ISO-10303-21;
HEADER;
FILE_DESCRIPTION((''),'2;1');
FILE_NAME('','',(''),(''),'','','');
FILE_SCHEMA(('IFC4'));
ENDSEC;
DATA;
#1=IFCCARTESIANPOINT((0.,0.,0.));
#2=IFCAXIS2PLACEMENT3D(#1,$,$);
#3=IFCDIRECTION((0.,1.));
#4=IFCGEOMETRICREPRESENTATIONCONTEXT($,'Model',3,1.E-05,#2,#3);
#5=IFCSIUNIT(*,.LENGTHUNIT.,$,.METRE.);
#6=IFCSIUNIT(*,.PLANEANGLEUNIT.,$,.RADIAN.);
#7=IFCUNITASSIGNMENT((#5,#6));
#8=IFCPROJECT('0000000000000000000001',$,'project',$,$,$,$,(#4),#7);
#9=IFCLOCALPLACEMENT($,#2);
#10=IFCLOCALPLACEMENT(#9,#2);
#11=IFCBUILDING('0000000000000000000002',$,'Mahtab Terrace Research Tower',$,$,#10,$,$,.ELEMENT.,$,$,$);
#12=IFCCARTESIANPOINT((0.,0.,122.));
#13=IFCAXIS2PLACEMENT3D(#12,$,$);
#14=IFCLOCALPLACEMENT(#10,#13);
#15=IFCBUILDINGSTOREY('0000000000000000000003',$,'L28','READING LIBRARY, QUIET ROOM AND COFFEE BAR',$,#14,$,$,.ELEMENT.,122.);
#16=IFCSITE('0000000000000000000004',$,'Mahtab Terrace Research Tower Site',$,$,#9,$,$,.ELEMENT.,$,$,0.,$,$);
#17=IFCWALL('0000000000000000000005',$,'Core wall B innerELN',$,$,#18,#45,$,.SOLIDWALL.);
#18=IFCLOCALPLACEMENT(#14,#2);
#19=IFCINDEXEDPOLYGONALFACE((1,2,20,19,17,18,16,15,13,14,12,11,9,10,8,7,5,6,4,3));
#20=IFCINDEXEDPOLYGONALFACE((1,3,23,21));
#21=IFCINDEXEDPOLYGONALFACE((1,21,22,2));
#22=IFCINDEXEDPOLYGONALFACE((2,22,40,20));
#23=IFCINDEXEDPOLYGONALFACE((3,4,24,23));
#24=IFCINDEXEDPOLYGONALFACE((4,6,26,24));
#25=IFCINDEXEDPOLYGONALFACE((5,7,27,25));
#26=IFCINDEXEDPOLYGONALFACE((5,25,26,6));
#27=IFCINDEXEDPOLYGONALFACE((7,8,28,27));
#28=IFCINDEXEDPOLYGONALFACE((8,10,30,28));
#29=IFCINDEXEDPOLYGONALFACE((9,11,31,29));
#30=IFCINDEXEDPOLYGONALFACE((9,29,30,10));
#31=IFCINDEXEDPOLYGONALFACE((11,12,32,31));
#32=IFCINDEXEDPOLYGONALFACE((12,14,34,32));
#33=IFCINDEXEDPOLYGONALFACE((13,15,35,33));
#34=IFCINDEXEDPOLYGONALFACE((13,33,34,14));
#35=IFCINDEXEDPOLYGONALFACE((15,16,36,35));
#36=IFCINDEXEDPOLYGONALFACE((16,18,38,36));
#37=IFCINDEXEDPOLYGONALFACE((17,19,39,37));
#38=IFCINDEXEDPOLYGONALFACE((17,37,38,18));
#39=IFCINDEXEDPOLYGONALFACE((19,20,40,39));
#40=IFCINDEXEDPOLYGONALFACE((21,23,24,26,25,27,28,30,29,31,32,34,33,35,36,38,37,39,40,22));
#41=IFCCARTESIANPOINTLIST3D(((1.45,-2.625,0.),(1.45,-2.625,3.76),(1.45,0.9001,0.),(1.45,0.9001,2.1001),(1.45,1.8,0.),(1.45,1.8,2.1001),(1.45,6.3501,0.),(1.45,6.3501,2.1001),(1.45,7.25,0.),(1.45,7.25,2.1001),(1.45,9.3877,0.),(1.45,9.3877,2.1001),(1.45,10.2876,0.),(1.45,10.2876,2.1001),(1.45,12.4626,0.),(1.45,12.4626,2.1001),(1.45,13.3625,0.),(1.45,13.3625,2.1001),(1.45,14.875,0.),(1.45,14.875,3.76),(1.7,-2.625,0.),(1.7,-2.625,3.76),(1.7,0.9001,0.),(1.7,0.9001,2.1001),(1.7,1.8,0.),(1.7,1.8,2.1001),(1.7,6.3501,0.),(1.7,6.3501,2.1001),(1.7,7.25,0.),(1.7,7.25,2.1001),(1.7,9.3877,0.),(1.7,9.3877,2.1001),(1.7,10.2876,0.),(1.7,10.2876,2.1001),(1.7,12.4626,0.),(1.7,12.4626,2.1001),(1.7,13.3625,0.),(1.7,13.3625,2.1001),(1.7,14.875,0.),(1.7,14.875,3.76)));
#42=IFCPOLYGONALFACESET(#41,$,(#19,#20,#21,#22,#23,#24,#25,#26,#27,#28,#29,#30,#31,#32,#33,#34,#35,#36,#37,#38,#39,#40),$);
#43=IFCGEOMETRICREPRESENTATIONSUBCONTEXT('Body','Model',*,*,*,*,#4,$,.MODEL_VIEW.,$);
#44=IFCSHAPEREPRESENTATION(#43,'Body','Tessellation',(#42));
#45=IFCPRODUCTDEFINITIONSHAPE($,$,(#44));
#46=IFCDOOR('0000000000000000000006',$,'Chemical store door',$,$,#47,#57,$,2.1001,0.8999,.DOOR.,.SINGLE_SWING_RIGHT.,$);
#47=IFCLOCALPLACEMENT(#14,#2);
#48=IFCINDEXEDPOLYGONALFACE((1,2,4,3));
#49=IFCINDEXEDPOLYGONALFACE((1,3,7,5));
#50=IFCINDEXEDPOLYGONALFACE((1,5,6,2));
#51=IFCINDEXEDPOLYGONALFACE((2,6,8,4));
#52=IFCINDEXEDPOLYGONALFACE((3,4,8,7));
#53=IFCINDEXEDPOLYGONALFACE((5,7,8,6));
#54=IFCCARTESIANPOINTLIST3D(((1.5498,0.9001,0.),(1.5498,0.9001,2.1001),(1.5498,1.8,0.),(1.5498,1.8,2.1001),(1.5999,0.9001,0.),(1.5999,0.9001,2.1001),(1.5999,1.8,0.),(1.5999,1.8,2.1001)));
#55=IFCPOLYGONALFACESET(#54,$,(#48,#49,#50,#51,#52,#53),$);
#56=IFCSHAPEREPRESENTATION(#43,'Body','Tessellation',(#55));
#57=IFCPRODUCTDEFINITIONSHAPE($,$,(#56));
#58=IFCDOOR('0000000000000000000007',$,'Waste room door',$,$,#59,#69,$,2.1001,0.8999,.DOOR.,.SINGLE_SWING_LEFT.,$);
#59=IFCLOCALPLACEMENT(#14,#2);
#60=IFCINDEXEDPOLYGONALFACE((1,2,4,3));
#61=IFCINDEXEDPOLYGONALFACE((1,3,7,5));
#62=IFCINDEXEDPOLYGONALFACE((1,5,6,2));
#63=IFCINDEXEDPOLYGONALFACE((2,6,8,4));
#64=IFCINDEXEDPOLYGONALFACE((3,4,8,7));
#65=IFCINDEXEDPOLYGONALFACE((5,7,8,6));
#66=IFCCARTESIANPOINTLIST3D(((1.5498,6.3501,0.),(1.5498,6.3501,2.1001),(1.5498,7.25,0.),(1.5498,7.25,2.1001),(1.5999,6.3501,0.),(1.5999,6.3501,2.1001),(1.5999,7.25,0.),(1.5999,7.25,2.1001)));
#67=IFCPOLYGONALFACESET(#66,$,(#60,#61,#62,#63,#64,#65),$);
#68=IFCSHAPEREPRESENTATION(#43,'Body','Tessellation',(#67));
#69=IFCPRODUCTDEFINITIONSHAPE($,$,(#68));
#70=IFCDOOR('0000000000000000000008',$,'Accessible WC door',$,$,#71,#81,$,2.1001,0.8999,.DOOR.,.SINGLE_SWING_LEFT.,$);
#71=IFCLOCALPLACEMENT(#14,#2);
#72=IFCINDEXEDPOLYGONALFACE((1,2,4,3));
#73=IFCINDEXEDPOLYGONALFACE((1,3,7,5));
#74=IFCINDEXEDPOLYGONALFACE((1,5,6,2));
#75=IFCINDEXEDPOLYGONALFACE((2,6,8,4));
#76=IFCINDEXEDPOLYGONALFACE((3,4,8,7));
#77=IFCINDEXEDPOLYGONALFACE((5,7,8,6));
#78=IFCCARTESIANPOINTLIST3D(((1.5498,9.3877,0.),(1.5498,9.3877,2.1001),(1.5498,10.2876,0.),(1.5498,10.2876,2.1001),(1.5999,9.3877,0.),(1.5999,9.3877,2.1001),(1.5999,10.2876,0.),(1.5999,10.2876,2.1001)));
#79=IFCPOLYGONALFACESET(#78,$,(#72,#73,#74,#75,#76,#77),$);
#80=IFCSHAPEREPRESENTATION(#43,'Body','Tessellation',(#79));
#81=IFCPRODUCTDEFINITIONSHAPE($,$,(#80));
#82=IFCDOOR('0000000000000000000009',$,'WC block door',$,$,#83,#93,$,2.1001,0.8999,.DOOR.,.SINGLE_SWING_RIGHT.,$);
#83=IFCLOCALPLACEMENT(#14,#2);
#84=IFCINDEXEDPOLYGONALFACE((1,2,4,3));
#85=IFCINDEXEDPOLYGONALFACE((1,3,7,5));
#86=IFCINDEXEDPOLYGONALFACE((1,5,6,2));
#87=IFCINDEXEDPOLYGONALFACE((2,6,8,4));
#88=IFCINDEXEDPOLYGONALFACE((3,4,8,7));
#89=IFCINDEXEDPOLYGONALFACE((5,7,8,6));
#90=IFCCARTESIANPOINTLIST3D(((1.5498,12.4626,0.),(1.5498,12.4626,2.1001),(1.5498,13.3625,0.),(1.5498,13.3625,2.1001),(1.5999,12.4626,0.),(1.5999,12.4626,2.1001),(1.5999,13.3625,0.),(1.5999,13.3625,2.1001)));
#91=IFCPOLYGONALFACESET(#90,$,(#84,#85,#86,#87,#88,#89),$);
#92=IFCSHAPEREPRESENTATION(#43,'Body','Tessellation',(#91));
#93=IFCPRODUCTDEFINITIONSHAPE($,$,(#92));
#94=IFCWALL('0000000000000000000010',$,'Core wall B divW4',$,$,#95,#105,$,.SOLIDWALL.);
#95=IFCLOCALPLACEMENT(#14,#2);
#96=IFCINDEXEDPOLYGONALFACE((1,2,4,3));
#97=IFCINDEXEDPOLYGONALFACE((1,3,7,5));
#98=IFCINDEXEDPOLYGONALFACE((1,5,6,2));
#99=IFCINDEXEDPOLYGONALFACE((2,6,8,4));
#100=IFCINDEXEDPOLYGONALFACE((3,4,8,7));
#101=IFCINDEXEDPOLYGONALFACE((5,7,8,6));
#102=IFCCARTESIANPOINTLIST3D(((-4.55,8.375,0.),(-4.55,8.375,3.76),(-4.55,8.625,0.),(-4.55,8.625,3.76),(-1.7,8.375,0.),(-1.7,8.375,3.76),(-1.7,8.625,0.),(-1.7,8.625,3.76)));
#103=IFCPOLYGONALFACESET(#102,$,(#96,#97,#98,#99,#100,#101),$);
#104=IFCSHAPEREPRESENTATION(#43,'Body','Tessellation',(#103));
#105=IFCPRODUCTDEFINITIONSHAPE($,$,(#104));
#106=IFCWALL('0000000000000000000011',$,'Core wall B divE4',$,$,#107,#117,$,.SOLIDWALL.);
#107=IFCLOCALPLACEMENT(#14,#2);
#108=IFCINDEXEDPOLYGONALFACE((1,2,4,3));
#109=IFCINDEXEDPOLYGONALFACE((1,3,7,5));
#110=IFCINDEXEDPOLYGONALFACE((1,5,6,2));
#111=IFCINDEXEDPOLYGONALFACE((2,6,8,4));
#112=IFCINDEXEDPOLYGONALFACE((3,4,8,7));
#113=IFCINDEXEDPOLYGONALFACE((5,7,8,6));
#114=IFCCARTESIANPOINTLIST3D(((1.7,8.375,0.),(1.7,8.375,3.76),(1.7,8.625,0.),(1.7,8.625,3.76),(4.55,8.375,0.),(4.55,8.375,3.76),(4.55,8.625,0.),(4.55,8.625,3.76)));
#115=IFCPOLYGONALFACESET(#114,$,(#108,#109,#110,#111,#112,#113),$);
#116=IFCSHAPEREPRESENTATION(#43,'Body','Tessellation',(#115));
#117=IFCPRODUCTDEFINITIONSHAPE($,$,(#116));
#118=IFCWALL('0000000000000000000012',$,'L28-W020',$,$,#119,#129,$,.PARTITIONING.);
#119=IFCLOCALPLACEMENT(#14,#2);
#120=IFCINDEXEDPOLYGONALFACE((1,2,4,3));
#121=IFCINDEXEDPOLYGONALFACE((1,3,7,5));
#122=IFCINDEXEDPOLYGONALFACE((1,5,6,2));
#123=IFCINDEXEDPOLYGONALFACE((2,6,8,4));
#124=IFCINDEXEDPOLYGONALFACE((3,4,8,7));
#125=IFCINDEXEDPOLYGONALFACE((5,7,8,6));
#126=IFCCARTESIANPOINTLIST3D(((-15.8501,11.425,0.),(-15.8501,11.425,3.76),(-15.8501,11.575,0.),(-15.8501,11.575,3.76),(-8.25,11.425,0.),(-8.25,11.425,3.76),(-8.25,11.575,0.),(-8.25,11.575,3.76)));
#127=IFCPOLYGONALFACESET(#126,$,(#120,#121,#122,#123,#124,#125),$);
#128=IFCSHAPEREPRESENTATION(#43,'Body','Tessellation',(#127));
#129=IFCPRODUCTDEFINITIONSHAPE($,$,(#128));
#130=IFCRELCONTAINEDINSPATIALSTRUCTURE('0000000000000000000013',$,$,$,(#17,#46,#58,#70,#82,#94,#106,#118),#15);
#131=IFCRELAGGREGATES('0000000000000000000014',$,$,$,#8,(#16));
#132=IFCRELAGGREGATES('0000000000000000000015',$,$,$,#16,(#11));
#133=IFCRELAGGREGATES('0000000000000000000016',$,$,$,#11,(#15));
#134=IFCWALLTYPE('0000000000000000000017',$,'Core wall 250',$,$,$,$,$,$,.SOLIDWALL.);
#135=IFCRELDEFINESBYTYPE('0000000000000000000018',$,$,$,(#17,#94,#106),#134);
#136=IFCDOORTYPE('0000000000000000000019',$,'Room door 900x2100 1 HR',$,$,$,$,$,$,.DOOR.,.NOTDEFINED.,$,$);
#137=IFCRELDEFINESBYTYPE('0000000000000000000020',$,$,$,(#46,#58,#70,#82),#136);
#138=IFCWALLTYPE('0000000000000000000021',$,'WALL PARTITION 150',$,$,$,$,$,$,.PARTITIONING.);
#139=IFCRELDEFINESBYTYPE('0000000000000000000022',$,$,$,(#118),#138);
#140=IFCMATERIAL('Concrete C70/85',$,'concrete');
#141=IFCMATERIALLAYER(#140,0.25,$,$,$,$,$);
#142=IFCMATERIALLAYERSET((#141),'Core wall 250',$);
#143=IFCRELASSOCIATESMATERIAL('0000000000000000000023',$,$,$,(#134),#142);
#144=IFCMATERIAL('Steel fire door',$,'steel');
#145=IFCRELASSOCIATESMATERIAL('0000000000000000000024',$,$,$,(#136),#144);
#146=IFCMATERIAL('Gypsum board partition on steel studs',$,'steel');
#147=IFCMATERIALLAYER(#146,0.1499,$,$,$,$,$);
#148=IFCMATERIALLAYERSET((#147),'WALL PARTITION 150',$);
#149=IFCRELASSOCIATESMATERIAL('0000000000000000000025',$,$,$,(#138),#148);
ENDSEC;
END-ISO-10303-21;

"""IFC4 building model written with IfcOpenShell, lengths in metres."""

from ifc_helpers import new_model, si_unit, direction, frame, frame_2d, origin, place, context, subcontext, project, spatial, rectangle, extrude, material, layer, layer_set, type_object, element, fill, save


model = new_model("IFC4")

# Units and contexts
model_context = context("Model", 3, precision=1e-05, world=origin(), true_north=direction((0.0, 1.0)))
body_context = subcontext(model_context, "Body", "Model", "MODEL_VIEW")
ifc_project = project(units=[si_unit("LENGTHUNIT", "METRE"), si_unit("PLANEANGLEUNIT", "RADIAN")], contexts=[model_context])

# Site, building, storey
site_placement = place(None, origin())
site = spatial("IfcSite", under=ifc_project, at=site_placement, Name="Mahtab Terrace Research Tower Site", CompositionType="ELEMENT", RefElevation=0.0)
building_placement = place(site_placement, origin())
building = spatial("IfcBuilding", under=site, at=building_placement, Name="Mahtab Terrace Research Tower", CompositionType="ELEMENT")
storey_placement = place(building_placement, frame((0.0, 0.0, 122.0)))
storey = spatial("IfcBuildingStorey", under=building, at=storey_placement, Name="L28", Description="READING LIBRARY, QUIET ROOM AND COFFEE BAR", CompositionType="ELEMENT", Elevation=122.0)

# Shared definitions
ifc_material_1 = material(Name="Concrete C70/85", Category="concrete")

# Shared definitions
ifc_layer_1 = layer(ifc_material_1, 0.25)
ifc_layer_set_1 = layer_set([ifc_layer_1], Name="Core wall 250")
wall_type_1 = type_object("IfcWallType", Name="Core wall 250", PredefinedType="SOLIDWALL", material=ifc_layer_set_1)
ifc_material_2 = material(Name="Steel fire door", Category="steel")

# Wall, openings, doors
wall_1_placement = place(storey_placement, frame((1.575, 14.875, 0.0), z_axis=(0.0, 0.0, 1.0), x_axis=(0.0, -1.0, 0.0)))
wall_1 = element("IfcWall", 1, at=wall_1_placement, inside=storey, type_object=wall_type_1, Name="Core wall B innerELN", PredefinedType="SOLIDWALL", context=body_context, shape_type="SweptSolid", body=[
    extrude(rectangle(XDim=17.5, YDim=0.25, at=frame_2d((8.75, 0.0))), origin(), (0.0, 0.0, 1.0), 3.76),
])
opening_1_placement = place(wall_1_placement, frame((13.075, 0.0, 0.0)))
opening_1 = element("IfcOpeningElement", 2, at=opening_1_placement, cuts=wall_1, PredefinedType="OPENING", context=body_context, shape_type="SweptSolid", body=[
    extrude(rectangle(XDim=0.8999, YDim=2.1001, at=frame_2d((0.45, 1.05))), frame((0.0, 0.135, 0.0), z_axis=(0.0, -1.0, 0.0), x_axis=(1.0, 0.0, 0.0)), (0.0, 0.0, 1.0), 0.27),
])
opening_2_placement = place(wall_1_placement, frame((7.625, 0.0, 0.0)))
opening_2 = element("IfcOpeningElement", 3, at=opening_2_placement, cuts=wall_1, PredefinedType="OPENING", context=body_context, shape_type="SweptSolid", body=[
    extrude(rectangle(XDim=0.8999, YDim=2.1001, at=frame_2d((0.45, 1.05))), frame((0.0, 0.135, 0.0), z_axis=(0.0, -1.0, 0.0), x_axis=(1.0, 0.0, 0.0)), (0.0, 0.0, 1.0), 0.27),
])
opening_3_placement = place(wall_1_placement, frame((4.5874, 0.0, 0.0)))
opening_3 = element("IfcOpeningElement", 4, at=opening_3_placement, cuts=wall_1, PredefinedType="OPENING", context=body_context, shape_type="SweptSolid", body=[
    extrude(rectangle(XDim=0.8999, YDim=2.1001, at=frame_2d((0.45, 1.05))), frame((0.0, 0.135, 0.0), z_axis=(0.0, -1.0, 0.0), x_axis=(1.0, 0.0, 0.0)), (0.0, 0.0, 1.0), 0.27),
])
opening_4_placement = place(wall_1_placement, frame((1.5125, 0.0, 0.0)))
opening_4 = element("IfcOpeningElement", 5, at=opening_4_placement, cuts=wall_1, PredefinedType="OPENING", context=body_context, shape_type="SweptSolid", body=[
    extrude(rectangle(XDim=0.8999, YDim=2.1001, at=frame_2d((0.45, 1.05))), frame((0.0, 0.135, 0.0), z_axis=(0.0, -1.0, 0.0), x_axis=(1.0, 0.0, 0.0)), (0.0, 0.0, 1.0), 0.27),
])
door_type_1 = type_object("IfcDoorType", Name="Room door 900x2100 1 HR", OperationType="NOTDEFINED", PredefinedType="DOOR", material=ifc_material_2)
door_1_placement = place(opening_1_placement, origin())
door_1 = element("IfcDoor", 6, at=door_1_placement, inside=storey, type_object=door_type_1, Name="Chemical store door", OperationType="SINGLE_SWING_RIGHT", OverallHeight=2.1001, OverallWidth=0.8999, PredefinedType="DOOR", context=body_context, shape_type="SweptSolid", body=[
    extrude(rectangle(XDim=0.8999, YDim=2.1001, at=frame_2d((0.45, 1.05))), frame((0.0, 0.0249, 0.0), z_axis=(0.0, -1.0, 0.0), x_axis=(1.0, 0.0, 0.0)), (0.0, 0.0, 1.0), 0.05),
])
fill(opening_1, door_1)
door_2_placement = place(opening_2_placement, origin())
door_2 = element("IfcDoor", 7, at=door_2_placement, inside=storey, type_object=door_type_1, Name="Waste room door", OperationType="SINGLE_SWING_LEFT", OverallHeight=2.1001, OverallWidth=0.8999, PredefinedType="DOOR", context=body_context, shape_type="SweptSolid", body=[
    extrude(rectangle(XDim=0.8999, YDim=2.1001, at=frame_2d((0.45, 1.05))), frame((0.0, 0.0249, 0.0), z_axis=(0.0, -1.0, 0.0), x_axis=(1.0, 0.0, 0.0)), (0.0, 0.0, 1.0), 0.05),
])
fill(opening_2, door_2)
door_3_placement = place(opening_3_placement, origin())
door_3 = element("IfcDoor", 8, at=door_3_placement, inside=storey, type_object=door_type_1, Name="Accessible WC door", OperationType="SINGLE_SWING_LEFT", OverallHeight=2.1001, OverallWidth=0.8999, PredefinedType="DOOR", context=body_context, shape_type="SweptSolid", body=[
    extrude(rectangle(XDim=0.8999, YDim=2.1001, at=frame_2d((0.45, 1.05))), frame((0.0, 0.0249, 0.0), z_axis=(0.0, -1.0, 0.0), x_axis=(1.0, 0.0, 0.0)), (0.0, 0.0, 1.0), 0.05),
])
fill(opening_3, door_3)
door_4_placement = place(opening_4_placement, origin())
door_4 = element("IfcDoor", 9, at=door_4_placement, inside=storey, type_object=door_type_1, Name="WC block door", OperationType="SINGLE_SWING_RIGHT", OverallHeight=2.1001, OverallWidth=0.8999, PredefinedType="DOOR", context=body_context, shape_type="SweptSolid", body=[
    extrude(rectangle(XDim=0.8999, YDim=2.1001, at=frame_2d((0.45, 1.05))), frame((0.0, 0.0249, 0.0), z_axis=(0.0, -1.0, 0.0), x_axis=(1.0, 0.0, 0.0)), (0.0, 0.0, 1.0), 0.05),
])
fill(opening_4, door_4)

# Walls
for number, where, z_axis, x_axis, name in (
    (10, (-4.55, 8.5, 0.0), (0.0, 0.0, 1.0), (1.0, 0.0, 0.0), "Core wall B divW4"),
    (11, (1.7, 8.5, 0.0), (0.0, 0.0, 1.0), (1.0, 0.0, 0.0), "Core wall B divE4"),
):
    element("IfcWall", number, at=place(storey_placement, frame(where, z_axis=z_axis, x_axis=x_axis)), inside=storey, type_object=wall_type_1, Name=name, PredefinedType="SOLIDWALL", context=body_context, shape_type="SweptSolid", body=[
        extrude(rectangle(XDim=2.8501, YDim=0.25, at=frame_2d((1.425, 0.0))), origin(), (0.0, 0.0, 1.0), 3.76),
    ])
ifc_material_3 = material(Name="Gypsum board partition on steel studs", Category="steel")
ifc_layer_2 = layer(ifc_material_3, 0.1499)
ifc_layer_set_2 = layer_set([ifc_layer_2], Name="WALL PARTITION 150")
wall_type_2 = type_object("IfcWallType", Name="WALL PARTITION 150", PredefinedType="PARTITIONING", material=ifc_layer_set_2)
wall_2_placement = place(storey_placement, frame((-15.8501, 11.5, 0.0), z_axis=(0.0, 0.0, 1.0), x_axis=(1.0, 0.0, 0.0)))
element("IfcWall", 12, at=wall_2_placement, inside=storey, type_object=wall_type_2, Name="L28-W020", PredefinedType="PARTITIONING", context=body_context, shape_type="SweptSolid", body=[
    extrude(rectangle(XDim=7.6001, YDim=0.1499, at=frame_2d((3.8, 0.0))), origin(), (0.0, 0.0, 1.0), 3.76),
])

save(model, "model.ifc")
